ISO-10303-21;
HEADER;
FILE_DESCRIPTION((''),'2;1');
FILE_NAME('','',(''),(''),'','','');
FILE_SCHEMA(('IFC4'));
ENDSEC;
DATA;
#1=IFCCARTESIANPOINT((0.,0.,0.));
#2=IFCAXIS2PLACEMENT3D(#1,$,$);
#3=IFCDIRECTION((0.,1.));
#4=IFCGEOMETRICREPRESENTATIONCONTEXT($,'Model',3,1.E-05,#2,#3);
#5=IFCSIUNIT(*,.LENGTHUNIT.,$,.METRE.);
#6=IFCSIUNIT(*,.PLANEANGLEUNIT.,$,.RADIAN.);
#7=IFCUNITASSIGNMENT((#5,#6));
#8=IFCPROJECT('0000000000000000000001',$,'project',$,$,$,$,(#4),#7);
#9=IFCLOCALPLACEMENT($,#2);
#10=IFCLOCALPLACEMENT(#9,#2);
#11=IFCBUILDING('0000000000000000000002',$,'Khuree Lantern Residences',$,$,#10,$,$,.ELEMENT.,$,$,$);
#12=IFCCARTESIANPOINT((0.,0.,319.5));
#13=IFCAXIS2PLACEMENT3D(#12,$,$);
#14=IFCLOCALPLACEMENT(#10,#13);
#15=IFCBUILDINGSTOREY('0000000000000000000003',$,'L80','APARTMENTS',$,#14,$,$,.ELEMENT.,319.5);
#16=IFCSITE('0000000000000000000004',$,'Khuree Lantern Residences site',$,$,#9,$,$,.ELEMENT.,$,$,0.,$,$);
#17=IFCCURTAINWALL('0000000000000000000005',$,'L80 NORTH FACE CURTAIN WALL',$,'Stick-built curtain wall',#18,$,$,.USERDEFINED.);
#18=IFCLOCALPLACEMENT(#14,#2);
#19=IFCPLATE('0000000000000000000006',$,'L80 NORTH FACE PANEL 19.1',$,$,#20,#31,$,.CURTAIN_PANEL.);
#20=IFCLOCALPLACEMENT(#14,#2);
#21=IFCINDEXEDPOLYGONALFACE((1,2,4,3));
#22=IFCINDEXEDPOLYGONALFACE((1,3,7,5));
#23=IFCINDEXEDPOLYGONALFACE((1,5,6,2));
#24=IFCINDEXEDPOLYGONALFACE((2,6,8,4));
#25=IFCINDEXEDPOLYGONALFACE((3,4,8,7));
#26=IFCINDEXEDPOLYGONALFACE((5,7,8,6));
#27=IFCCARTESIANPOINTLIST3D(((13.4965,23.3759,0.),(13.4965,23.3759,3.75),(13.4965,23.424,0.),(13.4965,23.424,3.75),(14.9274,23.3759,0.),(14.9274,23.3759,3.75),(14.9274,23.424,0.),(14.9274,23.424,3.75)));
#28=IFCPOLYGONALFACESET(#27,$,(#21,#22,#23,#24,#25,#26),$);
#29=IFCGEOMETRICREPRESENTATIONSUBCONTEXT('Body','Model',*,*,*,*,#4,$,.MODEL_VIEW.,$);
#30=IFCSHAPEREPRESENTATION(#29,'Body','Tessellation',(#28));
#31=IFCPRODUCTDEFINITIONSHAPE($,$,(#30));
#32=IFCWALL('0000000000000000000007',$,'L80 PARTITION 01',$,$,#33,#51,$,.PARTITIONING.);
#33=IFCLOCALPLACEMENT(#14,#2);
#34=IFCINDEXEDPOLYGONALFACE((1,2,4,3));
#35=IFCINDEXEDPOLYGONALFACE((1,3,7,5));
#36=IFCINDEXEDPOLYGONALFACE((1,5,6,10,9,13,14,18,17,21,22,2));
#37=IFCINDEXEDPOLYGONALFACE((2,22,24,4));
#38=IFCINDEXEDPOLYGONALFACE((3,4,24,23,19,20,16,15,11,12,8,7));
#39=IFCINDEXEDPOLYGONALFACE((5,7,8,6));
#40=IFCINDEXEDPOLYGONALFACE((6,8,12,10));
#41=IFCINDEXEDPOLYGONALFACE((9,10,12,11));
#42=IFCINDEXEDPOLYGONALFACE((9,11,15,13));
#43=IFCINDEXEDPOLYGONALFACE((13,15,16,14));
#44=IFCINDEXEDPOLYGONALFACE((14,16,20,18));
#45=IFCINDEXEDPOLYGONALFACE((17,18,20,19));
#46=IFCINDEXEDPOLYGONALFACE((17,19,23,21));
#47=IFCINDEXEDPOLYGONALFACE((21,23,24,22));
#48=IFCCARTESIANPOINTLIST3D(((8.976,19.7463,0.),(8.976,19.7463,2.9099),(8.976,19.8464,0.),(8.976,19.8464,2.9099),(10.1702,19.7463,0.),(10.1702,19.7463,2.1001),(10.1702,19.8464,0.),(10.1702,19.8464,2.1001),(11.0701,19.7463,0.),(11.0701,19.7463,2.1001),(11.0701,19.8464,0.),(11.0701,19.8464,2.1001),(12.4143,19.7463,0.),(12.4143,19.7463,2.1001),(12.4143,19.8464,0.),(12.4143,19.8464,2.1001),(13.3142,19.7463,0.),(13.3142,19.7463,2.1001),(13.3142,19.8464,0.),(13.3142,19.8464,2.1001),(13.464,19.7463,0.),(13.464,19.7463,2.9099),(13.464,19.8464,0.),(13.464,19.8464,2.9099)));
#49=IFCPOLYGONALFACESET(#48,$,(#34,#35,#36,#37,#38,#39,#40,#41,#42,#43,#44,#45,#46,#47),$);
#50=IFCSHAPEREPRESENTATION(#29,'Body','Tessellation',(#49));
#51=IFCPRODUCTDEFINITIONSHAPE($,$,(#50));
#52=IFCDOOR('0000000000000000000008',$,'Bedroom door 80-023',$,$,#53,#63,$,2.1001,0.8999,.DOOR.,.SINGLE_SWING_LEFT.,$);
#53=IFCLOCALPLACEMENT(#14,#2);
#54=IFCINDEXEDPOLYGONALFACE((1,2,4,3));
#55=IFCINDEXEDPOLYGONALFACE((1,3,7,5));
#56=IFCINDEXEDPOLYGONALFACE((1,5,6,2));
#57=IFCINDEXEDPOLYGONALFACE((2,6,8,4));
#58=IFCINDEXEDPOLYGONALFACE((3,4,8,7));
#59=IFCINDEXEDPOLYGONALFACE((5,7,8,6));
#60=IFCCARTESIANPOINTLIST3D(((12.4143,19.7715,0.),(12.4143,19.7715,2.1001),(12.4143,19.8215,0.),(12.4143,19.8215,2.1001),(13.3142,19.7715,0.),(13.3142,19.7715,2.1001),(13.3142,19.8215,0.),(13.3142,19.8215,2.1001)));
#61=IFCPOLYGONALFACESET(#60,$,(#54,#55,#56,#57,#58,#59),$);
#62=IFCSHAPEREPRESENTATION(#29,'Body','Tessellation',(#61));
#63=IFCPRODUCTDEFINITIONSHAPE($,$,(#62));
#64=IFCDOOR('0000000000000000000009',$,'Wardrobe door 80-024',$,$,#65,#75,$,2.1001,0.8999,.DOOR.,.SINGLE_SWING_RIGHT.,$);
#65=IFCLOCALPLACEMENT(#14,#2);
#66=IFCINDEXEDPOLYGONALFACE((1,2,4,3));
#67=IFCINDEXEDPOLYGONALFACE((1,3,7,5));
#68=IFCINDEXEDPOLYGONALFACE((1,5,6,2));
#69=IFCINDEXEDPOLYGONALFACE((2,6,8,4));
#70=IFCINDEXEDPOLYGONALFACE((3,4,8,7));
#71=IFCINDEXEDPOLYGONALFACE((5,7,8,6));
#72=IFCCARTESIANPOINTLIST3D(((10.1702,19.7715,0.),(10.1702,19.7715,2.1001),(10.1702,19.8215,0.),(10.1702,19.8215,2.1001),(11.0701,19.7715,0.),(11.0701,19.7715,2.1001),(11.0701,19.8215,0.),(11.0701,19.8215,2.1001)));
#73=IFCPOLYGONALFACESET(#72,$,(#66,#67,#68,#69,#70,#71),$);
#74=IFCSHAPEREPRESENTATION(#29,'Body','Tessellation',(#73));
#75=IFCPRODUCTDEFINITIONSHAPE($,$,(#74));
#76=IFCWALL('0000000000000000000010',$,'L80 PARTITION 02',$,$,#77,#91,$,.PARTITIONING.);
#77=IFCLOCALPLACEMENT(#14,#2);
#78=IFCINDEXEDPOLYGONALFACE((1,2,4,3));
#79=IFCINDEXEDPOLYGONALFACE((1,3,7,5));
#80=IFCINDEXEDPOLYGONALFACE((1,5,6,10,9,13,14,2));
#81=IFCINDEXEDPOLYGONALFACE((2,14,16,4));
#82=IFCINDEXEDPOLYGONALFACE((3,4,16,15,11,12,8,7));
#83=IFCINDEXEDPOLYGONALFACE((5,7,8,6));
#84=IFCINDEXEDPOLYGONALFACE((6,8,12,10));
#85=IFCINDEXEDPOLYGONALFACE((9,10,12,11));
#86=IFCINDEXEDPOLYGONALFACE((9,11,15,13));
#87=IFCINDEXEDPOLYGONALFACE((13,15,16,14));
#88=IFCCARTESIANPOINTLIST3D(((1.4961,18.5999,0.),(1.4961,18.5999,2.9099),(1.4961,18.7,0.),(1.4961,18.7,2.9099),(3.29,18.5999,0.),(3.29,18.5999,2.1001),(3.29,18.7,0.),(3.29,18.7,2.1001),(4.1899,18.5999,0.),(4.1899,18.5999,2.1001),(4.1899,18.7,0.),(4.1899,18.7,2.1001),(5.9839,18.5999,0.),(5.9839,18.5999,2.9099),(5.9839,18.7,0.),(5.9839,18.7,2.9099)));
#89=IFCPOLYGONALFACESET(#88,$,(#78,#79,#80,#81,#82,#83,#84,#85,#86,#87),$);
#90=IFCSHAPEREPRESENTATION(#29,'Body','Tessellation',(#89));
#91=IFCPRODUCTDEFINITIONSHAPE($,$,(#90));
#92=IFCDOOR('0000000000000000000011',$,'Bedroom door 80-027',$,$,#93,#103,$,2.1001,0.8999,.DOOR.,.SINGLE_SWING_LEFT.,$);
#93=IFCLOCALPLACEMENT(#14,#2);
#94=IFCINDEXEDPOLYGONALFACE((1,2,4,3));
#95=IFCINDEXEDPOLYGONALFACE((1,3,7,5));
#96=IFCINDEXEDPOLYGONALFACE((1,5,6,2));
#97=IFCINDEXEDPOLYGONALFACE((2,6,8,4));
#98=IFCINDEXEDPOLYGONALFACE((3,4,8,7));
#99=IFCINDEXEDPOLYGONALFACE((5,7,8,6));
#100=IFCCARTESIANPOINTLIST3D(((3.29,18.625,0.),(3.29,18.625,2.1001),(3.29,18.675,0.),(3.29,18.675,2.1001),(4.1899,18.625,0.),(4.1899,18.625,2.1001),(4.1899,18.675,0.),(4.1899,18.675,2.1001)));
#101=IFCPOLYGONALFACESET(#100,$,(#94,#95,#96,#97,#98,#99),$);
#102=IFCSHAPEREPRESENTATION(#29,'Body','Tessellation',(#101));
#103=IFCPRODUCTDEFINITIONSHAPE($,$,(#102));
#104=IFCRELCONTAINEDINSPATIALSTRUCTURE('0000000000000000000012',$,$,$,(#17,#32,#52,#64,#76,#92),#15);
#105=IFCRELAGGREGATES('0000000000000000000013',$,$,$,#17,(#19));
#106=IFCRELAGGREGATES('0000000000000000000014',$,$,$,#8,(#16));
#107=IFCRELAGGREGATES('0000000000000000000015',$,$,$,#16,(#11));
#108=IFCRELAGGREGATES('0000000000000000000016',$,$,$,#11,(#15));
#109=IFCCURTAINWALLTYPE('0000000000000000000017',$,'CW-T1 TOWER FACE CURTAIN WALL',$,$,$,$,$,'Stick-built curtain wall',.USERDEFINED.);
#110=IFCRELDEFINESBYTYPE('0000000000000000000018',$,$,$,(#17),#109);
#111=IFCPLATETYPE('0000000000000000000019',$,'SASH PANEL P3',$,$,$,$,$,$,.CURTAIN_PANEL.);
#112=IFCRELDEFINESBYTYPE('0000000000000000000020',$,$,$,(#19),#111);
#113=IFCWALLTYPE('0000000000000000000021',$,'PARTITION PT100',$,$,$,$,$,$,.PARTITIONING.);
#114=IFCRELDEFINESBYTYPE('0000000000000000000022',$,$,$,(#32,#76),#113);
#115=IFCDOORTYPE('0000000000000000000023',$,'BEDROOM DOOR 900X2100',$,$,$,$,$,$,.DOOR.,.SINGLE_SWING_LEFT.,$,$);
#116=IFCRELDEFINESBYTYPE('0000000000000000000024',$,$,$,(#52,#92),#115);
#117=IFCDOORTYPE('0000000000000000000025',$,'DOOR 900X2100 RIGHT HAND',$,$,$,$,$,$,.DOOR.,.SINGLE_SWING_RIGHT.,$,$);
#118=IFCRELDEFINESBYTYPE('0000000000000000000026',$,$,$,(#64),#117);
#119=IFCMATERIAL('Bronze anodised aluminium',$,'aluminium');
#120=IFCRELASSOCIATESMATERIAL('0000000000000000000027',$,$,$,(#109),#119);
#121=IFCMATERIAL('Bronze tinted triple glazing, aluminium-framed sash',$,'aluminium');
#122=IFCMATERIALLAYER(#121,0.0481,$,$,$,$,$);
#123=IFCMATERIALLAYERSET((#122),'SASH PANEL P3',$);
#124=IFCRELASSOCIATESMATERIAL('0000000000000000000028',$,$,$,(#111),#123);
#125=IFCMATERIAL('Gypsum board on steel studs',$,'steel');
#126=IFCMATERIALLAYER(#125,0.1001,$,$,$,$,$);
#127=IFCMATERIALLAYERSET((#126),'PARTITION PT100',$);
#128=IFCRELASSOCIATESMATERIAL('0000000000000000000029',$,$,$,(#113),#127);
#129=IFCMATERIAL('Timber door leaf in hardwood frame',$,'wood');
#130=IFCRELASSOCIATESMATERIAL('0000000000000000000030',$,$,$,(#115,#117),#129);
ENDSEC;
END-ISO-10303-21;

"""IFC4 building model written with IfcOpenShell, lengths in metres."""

from ifc_helpers import new_model, si_unit, direction, frame, frame_2d, origin, origin_2d, place, context, subcontext, project, spatial, rectangle, extrude, material, layer, layer_set, type_object, element, fill, aggregate, save


model = new_model("IFC4")

# Units and contexts
model_context = context("Model", 3, precision=1e-05, world=origin(), true_north=direction((0.0, 1.0)))
body_context = subcontext(model_context, "Body", "Model", "MODEL_VIEW")
ifc_project = project(units=[si_unit("LENGTHUNIT", "METRE"), si_unit("PLANEANGLEUNIT", "RADIAN")], contexts=[model_context])

# Site, building, storey
site_placement = place(None, origin())
site = spatial("IfcSite", under=ifc_project, at=site_placement, Name="Khuree Lantern Residences site", CompositionType="ELEMENT", RefElevation=0.0)
building_placement = place(site_placement, origin())
building = spatial("IfcBuilding", under=site, at=building_placement, Name="Khuree Lantern Residences", CompositionType="ELEMENT")
storey_placement = place(building_placement, frame((0.0, 0.0, 319.5)))
storey = spatial("IfcBuildingStorey", under=building, at=storey_placement, Name="L80", Description="APARTMENTS", CompositionType="ELEMENT", Elevation=319.5)

# Curtain wall
ifc_material_1 = material(Name="Bronze anodised aluminium", Category="aluminium")
curtain_wall_type = type_object("IfcCurtainWallType", Name="CW-T1 TOWER FACE CURTAIN WALL", ElementType="Stick-built curtain wall", PredefinedType="USERDEFINED", material=ifc_material_1)
curtain_wall_placement = place(storey_placement, origin())
curtain_wall = element("IfcCurtainWall", 1, at=curtain_wall_placement, inside=storey, type_object=curtain_wall_type, Name="L80 NORTH FACE CURTAIN WALL", ObjectType="Stick-built curtain wall", PredefinedType="USERDEFINED")

# Plate
ifc_material_2 = material(Name="Bronze tinted triple glazing, aluminium-framed sash", Category="aluminium")
ifc_layer_1 = layer(ifc_material_2, 0.0481)
ifc_layer_set_1 = layer_set([ifc_layer_1], Name="SASH PANEL P3")
plate_type_1 = type_object("IfcPlateType", Name="SASH PANEL P3", PredefinedType="CURTAIN_PANEL", material=ifc_layer_set_1)
plate_1_placement = place(storey_placement, frame((14.2119, 23.3999, 0.0), z_axis=(0.0, 0.0, 1.0), x_axis=(-1.0, 0.0, 0.0)))
plate_1 = element("IfcPlate", 2, at=plate_1_placement, type_object=plate_type_1, Name="L80 NORTH FACE PANEL 19.1", PredefinedType="CURTAIN_PANEL", context=body_context, shape_type="SweptSolid", body=[
    extrude(rectangle(XDim=1.4309, YDim=0.0481, at=origin_2d()), origin(), (0.0, 0.0, 1.0), 3.75),
])
aggregate(curtain_wall, [plate_1])

# Wall, openings, doors
ifc_material_3 = material(Name="Gypsum board on steel studs", Category="steel")
ifc_layer_2 = layer(ifc_material_3, 0.1001)
ifc_layer_set_2 = layer_set([ifc_layer_2], Name="PARTITION PT100")
wall_type = type_object("IfcWallType", Name="PARTITION PT100", PredefinedType="PARTITIONING", material=ifc_layer_set_2)
wall_1_placement = place(storey_placement, frame((13.4641, 19.7964, 0.0), z_axis=(0.0, 0.0, 1.0), x_axis=(-1.0, 0.0, 0.0)))
wall_1 = element("IfcWall", 3, at=wall_1_placement, inside=storey, type_object=wall_type, Name="L80 PARTITION 01", PredefinedType="PARTITIONING", context=body_context, shape_type="SweptSolid", body=[
    extrude(rectangle(XDim=4.488, YDim=0.1001, at=frame_2d((2.2441, 0.0))), origin(), (0.0, 0.0, 1.0), 2.9099),
])
opening_1_placement = place(wall_1_placement, frame((0.1499, 0.0, 0.0)))
opening_1 = element("IfcOpeningElement", 4, at=opening_1_placement, cuts=wall_1, PredefinedType="OPENING", context=body_context, shape_type="SweptSolid", body=[
    extrude(rectangle(XDim=0.8999, YDim=2.1001, at=frame_2d((0.45, 1.05))), frame((0.0, 0.0601, 0.0), z_axis=(0.0, -1.0, 0.0), x_axis=(1.0, 0.0, 0.0)), (0.0, 0.0, 1.0), 0.1201),
])
opening_2_placement = place(wall_1_placement, frame((2.394, 0.0, 0.0)))
opening_2 = element("IfcOpeningElement", 5, at=opening_2_placement, cuts=wall_1, PredefinedType="OPENING", context=body_context, shape_type="SweptSolid", body=[
    extrude(rectangle(XDim=0.8999, YDim=2.1001, at=frame_2d((0.45, 1.05))), frame((0.0, 0.0601, 0.0), z_axis=(0.0, -1.0, 0.0), x_axis=(1.0, 0.0, 0.0)), (0.0, 0.0, 1.0), 0.1201),
])
ifc_material_4 = material(Name="Timber door leaf in hardwood frame", Category="wood")
door_type_1 = type_object("IfcDoorType", Name="BEDROOM DOOR 900X2100", OperationType="SINGLE_SWING_LEFT", PredefinedType="DOOR", material=ifc_material_4)
door_1_placement = place(opening_1_placement, origin())
door_1 = element("IfcDoor", 6, at=door_1_placement, inside=storey, type_object=door_type_1, Name="Bedroom door 80-023", OperationType="SINGLE_SWING_LEFT", OverallHeight=2.1001, OverallWidth=0.8999, PredefinedType="DOOR", context=body_context, shape_type="SweptSolid", body=[
    extrude(rectangle(XDim=0.8999, YDim=2.1001, at=frame_2d((0.45, 1.05))), frame((0.0, 0.0249, 0.0), z_axis=(0.0, -1.0, 0.0), x_axis=(1.0, 0.0, 0.0)), (0.0, 0.0, 1.0), 0.05),
])
fill(opening_1, door_1)
door_type_2 = type_object("IfcDoorType", Name="DOOR 900X2100 RIGHT HAND", OperationType="SINGLE_SWING_RIGHT", PredefinedType="DOOR", material=ifc_material_4)
door_2_placement = place(opening_2_placement, origin())
door_2 = element("IfcDoor", 7, at=door_2_placement, inside=storey, type_object=door_type_2, Name="Wardrobe door 80-024", OperationType="SINGLE_SWING_RIGHT", OverallHeight=2.1001, OverallWidth=0.8999, PredefinedType="DOOR", context=body_context, shape_type="SweptSolid", body=[
    extrude(rectangle(XDim=0.8999, YDim=2.1001, at=frame_2d((0.45, 1.05))), frame((0.0, 0.0249, 0.0), z_axis=(0.0, -1.0, 0.0), x_axis=(1.0, 0.0, 0.0)), (0.0, 0.0, 1.0), 0.05),
])
fill(opening_2, door_2)

# Wall, opening, door
wall_2_placement = place(storey_placement, frame((5.9839, 18.6499, 0.0), z_axis=(0.0, 0.0, 1.0), x_axis=(-1.0, 0.0, 0.0)))
wall_2 = element("IfcWall", 8, at=wall_2_placement, inside=storey, type_object=wall_type, Name="L80 PARTITION 02", PredefinedType="PARTITIONING", context=body_context, shape_type="SweptSolid", body=[
    extrude(rectangle(XDim=4.4878, YDim=0.1001, at=frame_2d((2.2439, 0.0))), origin(), (0.0, 0.0, 1.0), 2.9099),
])
opening_3_placement = place(wall_2_placement, frame((1.7939, 0.0, 0.0)))
opening_3 = element("IfcOpeningElement", 9, at=opening_3_placement, cuts=wall_2, PredefinedType="OPENING", context=body_context, shape_type="SweptSolid", body=[
    extrude(rectangle(XDim=0.8999, YDim=2.1001, at=frame_2d((0.45, 1.05))), frame((0.0, 0.0601, 0.0), z_axis=(0.0, -1.0, 0.0), x_axis=(1.0, 0.0, 0.0)), (0.0, 0.0, 1.0), 0.1201),
])
door_3_placement = place(opening_3_placement, origin())
door_3 = element("IfcDoor", 10, at=door_3_placement, inside=storey, type_object=door_type_1, Name="Bedroom door 80-027", OperationType="SINGLE_SWING_LEFT", OverallHeight=2.1001, OverallWidth=0.8999, PredefinedType="DOOR", context=body_context, shape_type="SweptSolid", body=[
    extrude(rectangle(XDim=0.8999, YDim=2.1001, at=frame_2d((0.45, 1.05))), frame((0.0, 0.0249, 0.0), z_axis=(0.0, -1.0, 0.0), x_axis=(1.0, 0.0, 0.0)), (0.0, 0.0, 1.0), 0.05),
])
fill(opening_3, door_3)

save(model, "model.ifc")
